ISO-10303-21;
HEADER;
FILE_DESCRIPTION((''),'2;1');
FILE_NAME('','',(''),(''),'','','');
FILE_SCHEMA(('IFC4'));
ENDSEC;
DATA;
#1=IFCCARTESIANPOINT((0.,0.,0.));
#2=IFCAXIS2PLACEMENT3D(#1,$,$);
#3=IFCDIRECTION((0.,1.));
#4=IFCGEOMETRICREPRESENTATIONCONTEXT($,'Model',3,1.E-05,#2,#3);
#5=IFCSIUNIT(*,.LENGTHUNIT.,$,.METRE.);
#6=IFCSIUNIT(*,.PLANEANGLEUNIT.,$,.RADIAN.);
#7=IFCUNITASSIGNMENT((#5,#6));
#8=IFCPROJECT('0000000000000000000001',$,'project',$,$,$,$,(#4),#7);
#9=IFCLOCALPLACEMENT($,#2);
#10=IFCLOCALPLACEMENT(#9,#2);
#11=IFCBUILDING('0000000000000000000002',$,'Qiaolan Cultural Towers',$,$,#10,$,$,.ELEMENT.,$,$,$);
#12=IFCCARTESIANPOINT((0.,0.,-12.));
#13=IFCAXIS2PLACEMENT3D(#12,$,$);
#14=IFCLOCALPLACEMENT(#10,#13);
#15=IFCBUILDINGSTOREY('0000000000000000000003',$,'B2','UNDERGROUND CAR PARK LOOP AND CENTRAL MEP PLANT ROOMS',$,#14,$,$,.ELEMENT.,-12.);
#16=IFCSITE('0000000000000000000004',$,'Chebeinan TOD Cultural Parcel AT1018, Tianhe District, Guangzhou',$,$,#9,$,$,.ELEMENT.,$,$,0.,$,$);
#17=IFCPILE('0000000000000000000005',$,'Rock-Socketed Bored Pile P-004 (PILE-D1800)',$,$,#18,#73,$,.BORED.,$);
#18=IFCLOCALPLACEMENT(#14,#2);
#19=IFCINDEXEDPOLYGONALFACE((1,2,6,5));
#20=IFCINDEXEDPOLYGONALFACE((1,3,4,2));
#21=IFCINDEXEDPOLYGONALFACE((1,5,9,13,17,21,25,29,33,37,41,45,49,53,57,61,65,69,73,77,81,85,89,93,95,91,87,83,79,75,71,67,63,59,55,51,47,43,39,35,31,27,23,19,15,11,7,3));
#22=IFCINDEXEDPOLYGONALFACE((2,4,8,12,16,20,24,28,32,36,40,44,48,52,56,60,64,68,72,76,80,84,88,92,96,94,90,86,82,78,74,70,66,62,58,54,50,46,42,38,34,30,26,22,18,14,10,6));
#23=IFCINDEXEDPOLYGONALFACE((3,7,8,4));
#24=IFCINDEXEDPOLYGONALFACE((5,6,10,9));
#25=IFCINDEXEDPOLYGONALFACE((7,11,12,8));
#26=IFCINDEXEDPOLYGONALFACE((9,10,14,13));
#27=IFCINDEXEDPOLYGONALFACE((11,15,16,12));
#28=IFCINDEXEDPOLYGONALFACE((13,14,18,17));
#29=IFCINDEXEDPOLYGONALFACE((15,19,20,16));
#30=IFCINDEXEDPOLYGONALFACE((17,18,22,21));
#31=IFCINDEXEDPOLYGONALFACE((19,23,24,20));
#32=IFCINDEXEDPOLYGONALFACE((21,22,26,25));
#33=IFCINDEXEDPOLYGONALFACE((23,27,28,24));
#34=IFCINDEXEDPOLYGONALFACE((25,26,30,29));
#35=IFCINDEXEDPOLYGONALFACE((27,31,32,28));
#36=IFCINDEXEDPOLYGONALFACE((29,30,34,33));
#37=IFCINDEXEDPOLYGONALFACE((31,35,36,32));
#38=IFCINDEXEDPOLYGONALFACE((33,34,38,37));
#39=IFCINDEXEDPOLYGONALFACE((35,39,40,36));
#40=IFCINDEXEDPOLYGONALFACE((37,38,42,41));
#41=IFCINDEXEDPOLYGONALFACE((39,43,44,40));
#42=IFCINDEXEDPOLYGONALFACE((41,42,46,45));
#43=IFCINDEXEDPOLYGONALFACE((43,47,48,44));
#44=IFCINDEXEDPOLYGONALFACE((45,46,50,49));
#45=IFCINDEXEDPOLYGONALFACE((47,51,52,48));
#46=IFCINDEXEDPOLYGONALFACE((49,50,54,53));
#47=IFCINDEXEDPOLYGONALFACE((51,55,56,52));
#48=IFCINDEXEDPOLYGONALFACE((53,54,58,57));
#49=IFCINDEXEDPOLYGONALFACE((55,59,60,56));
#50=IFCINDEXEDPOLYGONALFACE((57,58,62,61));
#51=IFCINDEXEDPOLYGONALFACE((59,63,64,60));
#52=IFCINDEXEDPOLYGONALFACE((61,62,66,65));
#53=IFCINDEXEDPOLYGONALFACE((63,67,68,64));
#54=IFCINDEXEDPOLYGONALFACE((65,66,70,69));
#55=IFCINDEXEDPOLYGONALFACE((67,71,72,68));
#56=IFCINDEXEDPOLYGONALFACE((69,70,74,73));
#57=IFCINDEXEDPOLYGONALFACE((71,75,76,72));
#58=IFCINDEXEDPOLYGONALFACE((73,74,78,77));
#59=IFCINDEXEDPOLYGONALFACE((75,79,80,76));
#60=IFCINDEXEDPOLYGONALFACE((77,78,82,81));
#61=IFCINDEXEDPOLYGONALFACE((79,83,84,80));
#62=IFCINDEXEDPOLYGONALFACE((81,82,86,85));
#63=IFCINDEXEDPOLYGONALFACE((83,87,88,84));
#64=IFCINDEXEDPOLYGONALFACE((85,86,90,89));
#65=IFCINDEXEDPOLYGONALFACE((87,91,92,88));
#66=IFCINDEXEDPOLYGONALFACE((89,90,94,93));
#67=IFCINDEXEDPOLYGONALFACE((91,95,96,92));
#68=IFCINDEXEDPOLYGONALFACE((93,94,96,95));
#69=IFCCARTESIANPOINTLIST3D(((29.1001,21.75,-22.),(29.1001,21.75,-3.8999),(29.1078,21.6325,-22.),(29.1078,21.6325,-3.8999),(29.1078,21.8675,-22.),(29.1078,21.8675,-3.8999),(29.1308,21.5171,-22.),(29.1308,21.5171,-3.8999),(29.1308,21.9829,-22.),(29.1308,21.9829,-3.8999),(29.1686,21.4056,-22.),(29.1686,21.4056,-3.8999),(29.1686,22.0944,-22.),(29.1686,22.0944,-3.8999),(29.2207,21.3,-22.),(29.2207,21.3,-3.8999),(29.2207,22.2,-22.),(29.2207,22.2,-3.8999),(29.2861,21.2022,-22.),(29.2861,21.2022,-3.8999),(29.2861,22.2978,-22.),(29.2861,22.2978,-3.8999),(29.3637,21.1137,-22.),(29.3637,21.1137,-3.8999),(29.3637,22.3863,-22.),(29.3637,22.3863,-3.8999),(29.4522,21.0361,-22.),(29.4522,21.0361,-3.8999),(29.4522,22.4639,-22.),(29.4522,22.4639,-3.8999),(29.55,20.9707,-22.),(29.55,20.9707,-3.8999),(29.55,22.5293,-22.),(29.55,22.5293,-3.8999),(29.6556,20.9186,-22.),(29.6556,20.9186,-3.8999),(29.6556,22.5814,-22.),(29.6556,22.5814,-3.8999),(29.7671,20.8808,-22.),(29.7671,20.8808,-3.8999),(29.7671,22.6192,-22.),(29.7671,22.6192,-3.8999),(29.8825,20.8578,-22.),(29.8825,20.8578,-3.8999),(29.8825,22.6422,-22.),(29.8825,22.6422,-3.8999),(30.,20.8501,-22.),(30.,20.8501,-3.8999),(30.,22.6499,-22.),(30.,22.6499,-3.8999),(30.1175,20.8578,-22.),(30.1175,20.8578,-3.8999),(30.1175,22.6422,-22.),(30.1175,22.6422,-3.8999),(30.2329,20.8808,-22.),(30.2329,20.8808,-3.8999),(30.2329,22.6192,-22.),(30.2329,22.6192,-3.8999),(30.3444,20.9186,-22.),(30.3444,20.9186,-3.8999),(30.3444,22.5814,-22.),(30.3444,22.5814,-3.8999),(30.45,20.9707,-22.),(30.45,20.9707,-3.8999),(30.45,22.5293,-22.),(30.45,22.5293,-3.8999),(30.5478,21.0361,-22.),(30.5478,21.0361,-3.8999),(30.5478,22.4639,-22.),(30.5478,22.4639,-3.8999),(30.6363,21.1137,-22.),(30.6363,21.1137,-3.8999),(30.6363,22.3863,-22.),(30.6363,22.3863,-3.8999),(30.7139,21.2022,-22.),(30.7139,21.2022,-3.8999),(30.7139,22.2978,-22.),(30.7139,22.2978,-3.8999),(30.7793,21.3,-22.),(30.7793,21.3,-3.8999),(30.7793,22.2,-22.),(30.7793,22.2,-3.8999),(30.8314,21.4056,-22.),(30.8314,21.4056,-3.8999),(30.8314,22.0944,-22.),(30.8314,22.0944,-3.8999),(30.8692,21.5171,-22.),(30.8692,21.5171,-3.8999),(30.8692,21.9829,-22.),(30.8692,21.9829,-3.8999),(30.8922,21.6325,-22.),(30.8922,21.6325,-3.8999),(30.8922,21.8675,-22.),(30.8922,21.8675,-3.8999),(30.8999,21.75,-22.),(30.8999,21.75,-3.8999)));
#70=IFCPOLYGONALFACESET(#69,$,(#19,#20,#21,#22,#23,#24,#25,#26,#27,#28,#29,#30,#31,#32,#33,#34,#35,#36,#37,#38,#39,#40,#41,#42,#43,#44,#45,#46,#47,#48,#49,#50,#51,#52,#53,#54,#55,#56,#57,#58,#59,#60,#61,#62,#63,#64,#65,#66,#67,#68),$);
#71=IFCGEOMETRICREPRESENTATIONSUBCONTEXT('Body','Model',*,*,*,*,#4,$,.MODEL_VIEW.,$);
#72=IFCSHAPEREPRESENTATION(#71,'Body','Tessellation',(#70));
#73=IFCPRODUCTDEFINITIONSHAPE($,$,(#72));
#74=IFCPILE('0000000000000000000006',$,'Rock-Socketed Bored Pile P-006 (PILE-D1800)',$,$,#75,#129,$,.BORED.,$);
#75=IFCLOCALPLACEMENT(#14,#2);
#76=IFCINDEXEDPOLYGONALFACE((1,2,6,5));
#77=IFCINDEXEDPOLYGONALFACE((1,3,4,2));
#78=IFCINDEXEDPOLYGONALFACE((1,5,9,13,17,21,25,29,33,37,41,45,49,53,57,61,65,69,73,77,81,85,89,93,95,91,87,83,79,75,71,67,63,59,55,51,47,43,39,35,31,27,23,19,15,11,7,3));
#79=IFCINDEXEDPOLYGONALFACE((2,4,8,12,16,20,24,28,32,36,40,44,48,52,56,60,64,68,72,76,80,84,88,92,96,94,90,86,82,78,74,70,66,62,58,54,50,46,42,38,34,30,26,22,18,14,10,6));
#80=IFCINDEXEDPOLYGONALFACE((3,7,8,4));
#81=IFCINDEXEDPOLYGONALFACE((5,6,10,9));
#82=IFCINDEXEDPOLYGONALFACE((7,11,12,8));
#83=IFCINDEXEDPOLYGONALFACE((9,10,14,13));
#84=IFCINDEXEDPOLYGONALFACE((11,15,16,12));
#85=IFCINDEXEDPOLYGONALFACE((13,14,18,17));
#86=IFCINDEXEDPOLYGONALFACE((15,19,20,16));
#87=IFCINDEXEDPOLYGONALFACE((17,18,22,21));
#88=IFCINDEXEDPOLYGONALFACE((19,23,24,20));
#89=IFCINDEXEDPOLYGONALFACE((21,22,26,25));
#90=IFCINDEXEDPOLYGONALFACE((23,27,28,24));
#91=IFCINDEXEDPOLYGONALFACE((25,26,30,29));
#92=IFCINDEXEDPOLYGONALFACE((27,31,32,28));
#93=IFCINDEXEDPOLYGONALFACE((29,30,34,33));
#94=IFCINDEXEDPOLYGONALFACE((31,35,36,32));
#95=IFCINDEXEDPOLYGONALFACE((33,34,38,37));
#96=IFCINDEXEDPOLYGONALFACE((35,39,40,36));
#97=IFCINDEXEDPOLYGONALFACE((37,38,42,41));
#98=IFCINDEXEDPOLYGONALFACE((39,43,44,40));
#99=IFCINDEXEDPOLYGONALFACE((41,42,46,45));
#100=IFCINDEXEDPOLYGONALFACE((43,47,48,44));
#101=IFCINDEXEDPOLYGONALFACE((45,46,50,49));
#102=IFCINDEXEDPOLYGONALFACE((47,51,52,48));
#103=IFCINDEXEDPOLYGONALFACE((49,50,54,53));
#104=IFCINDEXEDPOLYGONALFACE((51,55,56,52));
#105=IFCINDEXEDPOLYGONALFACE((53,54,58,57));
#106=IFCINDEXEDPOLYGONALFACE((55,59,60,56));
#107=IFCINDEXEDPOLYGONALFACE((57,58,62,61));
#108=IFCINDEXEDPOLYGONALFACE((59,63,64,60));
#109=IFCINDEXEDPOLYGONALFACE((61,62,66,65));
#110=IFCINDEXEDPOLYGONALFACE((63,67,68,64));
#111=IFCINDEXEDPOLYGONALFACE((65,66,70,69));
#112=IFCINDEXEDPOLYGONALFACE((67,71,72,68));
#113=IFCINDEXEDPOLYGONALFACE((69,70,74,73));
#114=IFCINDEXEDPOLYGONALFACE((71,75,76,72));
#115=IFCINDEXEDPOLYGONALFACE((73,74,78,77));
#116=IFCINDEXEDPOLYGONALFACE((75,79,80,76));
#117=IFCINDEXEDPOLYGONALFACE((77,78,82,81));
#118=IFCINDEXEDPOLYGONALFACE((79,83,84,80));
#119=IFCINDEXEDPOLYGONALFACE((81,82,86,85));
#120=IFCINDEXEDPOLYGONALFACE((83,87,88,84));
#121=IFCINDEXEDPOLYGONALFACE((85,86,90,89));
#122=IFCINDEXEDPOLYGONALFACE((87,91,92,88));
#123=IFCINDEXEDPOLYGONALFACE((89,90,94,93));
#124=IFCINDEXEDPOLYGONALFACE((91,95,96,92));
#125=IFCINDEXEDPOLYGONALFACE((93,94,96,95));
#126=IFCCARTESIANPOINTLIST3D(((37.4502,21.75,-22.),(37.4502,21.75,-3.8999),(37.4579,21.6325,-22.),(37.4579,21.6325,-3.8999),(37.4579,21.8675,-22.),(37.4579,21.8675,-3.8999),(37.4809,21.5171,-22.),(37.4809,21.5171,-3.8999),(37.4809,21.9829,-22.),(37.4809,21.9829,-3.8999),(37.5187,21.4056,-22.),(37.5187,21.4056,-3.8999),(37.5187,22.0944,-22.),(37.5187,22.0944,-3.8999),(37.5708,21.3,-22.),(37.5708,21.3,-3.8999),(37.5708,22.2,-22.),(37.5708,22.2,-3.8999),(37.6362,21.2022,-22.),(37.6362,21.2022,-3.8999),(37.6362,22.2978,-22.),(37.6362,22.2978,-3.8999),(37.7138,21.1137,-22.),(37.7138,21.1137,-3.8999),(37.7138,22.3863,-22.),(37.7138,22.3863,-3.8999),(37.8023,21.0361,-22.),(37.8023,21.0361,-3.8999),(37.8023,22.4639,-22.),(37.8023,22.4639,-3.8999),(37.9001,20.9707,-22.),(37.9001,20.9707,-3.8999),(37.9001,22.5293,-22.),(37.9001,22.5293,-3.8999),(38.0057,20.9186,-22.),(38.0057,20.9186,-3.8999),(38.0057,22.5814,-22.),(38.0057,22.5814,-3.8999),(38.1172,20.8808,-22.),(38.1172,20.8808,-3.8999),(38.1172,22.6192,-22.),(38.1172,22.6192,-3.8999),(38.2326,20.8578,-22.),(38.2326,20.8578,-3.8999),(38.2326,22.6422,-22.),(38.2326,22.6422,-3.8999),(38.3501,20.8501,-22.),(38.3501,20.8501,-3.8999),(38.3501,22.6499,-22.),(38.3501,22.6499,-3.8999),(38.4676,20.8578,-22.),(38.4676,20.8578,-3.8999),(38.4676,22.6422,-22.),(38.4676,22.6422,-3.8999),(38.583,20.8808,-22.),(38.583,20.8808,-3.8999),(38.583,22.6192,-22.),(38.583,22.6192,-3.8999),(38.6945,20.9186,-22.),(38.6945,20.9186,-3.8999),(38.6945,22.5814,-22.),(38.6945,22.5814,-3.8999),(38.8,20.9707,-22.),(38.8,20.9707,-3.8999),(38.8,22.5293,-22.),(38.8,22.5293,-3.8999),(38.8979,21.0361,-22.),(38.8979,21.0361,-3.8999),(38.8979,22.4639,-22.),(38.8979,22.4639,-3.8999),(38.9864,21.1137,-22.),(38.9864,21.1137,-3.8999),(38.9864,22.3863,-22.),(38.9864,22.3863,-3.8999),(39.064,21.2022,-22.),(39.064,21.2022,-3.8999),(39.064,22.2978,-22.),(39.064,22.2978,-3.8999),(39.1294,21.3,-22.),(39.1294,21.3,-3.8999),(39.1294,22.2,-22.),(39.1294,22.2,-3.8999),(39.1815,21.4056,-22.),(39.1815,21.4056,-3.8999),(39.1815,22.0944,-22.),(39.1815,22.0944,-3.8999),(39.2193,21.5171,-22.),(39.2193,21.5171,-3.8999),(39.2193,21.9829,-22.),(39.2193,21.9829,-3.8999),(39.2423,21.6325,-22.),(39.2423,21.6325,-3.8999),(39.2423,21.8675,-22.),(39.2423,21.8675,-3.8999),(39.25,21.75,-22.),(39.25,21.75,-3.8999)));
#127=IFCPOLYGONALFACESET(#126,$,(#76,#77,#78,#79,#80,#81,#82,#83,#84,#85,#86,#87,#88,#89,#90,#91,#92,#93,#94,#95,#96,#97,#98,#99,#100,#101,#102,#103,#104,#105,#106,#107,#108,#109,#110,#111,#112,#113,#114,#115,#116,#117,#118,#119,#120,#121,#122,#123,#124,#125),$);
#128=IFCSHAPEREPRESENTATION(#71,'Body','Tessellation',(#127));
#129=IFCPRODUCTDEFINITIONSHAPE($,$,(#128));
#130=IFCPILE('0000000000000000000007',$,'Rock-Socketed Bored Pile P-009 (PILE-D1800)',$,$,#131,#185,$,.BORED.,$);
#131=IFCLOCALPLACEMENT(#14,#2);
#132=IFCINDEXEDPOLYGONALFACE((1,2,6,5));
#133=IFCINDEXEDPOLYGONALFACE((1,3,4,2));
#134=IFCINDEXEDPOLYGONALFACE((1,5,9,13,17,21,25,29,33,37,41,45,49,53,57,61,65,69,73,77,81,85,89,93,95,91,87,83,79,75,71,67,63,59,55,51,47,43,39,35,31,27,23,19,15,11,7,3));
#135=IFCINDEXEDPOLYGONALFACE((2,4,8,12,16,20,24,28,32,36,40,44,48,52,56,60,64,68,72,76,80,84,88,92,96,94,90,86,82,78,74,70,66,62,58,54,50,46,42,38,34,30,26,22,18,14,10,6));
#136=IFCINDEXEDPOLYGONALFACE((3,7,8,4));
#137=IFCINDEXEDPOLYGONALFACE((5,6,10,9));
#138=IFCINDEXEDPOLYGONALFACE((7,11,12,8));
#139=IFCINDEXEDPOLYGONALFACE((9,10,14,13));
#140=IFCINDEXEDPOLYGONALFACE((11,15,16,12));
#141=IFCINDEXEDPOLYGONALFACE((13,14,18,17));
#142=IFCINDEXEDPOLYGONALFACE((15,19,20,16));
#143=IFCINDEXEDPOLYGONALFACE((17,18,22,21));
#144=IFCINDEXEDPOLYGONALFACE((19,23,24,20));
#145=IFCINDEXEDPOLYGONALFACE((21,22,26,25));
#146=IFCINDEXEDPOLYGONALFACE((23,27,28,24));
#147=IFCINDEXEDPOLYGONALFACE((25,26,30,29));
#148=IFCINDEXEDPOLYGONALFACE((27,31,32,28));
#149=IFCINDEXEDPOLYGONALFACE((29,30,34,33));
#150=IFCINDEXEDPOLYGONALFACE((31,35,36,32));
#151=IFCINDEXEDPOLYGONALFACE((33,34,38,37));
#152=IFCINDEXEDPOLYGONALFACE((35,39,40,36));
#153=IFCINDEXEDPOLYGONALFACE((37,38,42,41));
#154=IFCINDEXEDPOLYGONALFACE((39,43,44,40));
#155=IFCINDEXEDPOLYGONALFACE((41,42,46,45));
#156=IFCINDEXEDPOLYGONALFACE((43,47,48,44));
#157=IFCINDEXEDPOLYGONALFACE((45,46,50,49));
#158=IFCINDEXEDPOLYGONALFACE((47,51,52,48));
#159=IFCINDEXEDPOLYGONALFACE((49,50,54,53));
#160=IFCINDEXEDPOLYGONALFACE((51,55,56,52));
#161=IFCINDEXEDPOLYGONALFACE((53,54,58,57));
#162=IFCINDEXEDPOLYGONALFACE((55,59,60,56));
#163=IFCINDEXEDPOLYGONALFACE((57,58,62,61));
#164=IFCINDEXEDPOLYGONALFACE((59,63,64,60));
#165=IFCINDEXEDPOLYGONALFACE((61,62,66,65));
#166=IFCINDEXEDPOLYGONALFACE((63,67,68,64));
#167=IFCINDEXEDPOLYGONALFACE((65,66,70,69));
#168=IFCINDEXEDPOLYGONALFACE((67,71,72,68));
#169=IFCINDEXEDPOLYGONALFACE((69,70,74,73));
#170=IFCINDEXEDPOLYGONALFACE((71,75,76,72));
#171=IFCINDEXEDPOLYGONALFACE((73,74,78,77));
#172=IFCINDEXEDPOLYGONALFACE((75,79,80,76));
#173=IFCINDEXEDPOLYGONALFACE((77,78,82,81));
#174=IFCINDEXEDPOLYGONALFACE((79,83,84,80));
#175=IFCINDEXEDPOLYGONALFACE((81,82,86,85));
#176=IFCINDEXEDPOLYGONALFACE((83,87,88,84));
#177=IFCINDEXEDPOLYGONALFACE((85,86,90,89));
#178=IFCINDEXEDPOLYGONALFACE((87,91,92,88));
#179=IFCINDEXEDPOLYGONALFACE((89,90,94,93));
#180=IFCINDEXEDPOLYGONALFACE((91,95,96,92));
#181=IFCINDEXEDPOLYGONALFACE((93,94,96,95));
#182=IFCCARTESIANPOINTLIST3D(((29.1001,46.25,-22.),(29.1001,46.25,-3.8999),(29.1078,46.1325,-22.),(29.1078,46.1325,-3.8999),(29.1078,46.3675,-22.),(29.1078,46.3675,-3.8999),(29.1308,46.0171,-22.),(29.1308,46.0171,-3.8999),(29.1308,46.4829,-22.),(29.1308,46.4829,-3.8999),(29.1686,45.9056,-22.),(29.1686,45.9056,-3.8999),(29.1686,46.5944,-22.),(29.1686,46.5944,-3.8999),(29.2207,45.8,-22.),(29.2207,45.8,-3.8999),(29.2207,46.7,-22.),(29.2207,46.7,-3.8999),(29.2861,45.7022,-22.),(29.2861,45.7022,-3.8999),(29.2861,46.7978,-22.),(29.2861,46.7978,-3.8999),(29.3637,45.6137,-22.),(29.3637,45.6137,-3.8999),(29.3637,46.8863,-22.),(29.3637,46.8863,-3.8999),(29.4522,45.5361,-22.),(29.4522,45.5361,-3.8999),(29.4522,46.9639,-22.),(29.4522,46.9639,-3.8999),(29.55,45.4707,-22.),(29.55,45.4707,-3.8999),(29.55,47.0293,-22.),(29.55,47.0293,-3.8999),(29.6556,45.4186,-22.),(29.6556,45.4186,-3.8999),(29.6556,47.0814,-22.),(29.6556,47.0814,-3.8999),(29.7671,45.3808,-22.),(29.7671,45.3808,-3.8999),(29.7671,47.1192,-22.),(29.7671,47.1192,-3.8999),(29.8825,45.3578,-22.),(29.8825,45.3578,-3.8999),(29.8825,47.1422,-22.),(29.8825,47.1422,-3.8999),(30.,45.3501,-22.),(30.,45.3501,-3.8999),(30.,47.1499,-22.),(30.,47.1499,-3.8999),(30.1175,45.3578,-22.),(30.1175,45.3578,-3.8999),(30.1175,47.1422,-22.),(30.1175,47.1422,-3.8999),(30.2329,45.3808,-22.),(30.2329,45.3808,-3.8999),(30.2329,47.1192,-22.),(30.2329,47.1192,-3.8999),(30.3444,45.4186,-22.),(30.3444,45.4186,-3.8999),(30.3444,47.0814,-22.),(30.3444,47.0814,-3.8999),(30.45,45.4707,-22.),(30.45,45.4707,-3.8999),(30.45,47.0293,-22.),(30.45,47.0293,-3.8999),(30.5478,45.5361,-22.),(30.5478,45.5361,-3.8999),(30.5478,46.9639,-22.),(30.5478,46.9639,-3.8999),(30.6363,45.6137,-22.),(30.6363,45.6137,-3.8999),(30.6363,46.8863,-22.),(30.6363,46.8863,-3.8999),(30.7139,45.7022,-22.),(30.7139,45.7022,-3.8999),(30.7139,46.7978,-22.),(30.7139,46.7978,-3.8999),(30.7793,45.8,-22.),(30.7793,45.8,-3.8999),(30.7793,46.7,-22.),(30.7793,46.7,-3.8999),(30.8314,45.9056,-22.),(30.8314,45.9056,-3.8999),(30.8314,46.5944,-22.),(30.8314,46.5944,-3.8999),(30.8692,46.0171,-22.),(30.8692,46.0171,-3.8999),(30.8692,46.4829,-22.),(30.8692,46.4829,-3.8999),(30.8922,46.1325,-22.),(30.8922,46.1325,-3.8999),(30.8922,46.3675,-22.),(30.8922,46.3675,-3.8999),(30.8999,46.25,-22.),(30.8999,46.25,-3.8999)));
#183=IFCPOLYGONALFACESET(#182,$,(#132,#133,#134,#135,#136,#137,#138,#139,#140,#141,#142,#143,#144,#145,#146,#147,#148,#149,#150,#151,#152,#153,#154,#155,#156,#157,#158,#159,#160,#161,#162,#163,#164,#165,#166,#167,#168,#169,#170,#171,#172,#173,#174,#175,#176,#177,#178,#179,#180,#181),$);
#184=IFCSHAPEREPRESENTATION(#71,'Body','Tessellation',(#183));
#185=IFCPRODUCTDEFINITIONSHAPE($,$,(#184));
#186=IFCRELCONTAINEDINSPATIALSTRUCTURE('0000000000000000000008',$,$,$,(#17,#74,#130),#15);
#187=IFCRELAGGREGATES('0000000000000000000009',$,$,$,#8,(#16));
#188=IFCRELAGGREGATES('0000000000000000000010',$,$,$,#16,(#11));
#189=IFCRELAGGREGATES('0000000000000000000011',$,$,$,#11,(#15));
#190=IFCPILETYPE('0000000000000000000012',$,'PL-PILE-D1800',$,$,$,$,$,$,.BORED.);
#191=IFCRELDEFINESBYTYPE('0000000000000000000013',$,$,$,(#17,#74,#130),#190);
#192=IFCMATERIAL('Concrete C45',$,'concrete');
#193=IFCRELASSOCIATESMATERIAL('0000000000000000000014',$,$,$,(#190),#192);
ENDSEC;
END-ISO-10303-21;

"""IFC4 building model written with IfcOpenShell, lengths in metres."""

from ifc_helpers import new_model, si_unit, direction, frame, origin, origin_2d, place, context, subcontext, project, spatial, circle, extrude, material, material_profile, profile_set, type_object, element, save


model = new_model("IFC4")

# Units and contexts
model_context = context("Model", 3, precision=1e-05, world=origin(), true_north=direction((0.0, 1.0)))
body_context = subcontext(model_context, "Body", "Model", "MODEL_VIEW")
ifc_project = project(units=[si_unit("LENGTHUNIT", "METRE"), si_unit("PLANEANGLEUNIT", "RADIAN")], contexts=[model_context])

# Site, building, storey
site_placement = place(None, origin())
site = spatial("IfcSite", under=ifc_project, at=site_placement, Name="Chebeinan TOD Cultural Parcel AT1018, Tianhe District, Guangzhou", CompositionType="ELEMENT", RefElevation=0.0)
building_placement = place(site_placement, origin())
building = spatial("IfcBuilding", under=site, at=building_placement, Name="Qiaolan Cultural Towers", CompositionType="ELEMENT")
storey_placement = place(building_placement, frame((0.0, 0.0, -12.0)))
storey = spatial("IfcBuildingStorey", under=building, at=storey_placement, Name="B2", Description="UNDERGROUND CAR PARK LOOP AND CENTRAL MEP PLANT ROOMS", CompositionType="ELEMENT", Elevation=-12.0)

# Piles
ifc_material_1 = material(Name="Concrete C45", Category="concrete")
ifc_material_profile_1 = material_profile(ifc_material_1, circle(Radius=0.8999, at=origin_2d()), Name="PILE-D1800")
ifc_profile_set_1 = profile_set([ifc_material_profile_1], Name="Concrete C45")
pile_type_1 = type_object("IfcPileType", Name="PL-PILE-D1800", PredefinedType="BORED", material=ifc_profile_set_1)
for number, where, z_axis, x_axis, name in (
    (1, (30.0, 21.75, -3.8999), (0.0, 0.0, -1.0), (1.0, 0.0, 0.0), "Rock-Socketed Bored Pile P-004 (PILE-D1800)"),
    (2, (38.3501, 21.75, -3.8999), (0.0, 0.0, -1.0), (1.0, 0.0, 0.0), "Rock-Socketed Bored Pile P-006 (PILE-D1800)"),
    (3, (30.0, 46.25, -3.8999), (0.0, 0.0, -1.0), (1.0, 0.0, 0.0), "Rock-Socketed Bored Pile P-009 (PILE-D1800)"),
):
    element("IfcPile", number, at=place(storey_placement, frame(where, z_axis=z_axis, x_axis=x_axis)), inside=storey, type_object=pile_type_1, Name=name, PredefinedType="BORED", context=body_context, shape_type="SweptSolid", body=[
        extrude(circle(Radius=0.8999, at=origin_2d()), origin(), (0.0, 0.0, 1.0), 18.1001),
    ])

save(model, "model.ifc")
